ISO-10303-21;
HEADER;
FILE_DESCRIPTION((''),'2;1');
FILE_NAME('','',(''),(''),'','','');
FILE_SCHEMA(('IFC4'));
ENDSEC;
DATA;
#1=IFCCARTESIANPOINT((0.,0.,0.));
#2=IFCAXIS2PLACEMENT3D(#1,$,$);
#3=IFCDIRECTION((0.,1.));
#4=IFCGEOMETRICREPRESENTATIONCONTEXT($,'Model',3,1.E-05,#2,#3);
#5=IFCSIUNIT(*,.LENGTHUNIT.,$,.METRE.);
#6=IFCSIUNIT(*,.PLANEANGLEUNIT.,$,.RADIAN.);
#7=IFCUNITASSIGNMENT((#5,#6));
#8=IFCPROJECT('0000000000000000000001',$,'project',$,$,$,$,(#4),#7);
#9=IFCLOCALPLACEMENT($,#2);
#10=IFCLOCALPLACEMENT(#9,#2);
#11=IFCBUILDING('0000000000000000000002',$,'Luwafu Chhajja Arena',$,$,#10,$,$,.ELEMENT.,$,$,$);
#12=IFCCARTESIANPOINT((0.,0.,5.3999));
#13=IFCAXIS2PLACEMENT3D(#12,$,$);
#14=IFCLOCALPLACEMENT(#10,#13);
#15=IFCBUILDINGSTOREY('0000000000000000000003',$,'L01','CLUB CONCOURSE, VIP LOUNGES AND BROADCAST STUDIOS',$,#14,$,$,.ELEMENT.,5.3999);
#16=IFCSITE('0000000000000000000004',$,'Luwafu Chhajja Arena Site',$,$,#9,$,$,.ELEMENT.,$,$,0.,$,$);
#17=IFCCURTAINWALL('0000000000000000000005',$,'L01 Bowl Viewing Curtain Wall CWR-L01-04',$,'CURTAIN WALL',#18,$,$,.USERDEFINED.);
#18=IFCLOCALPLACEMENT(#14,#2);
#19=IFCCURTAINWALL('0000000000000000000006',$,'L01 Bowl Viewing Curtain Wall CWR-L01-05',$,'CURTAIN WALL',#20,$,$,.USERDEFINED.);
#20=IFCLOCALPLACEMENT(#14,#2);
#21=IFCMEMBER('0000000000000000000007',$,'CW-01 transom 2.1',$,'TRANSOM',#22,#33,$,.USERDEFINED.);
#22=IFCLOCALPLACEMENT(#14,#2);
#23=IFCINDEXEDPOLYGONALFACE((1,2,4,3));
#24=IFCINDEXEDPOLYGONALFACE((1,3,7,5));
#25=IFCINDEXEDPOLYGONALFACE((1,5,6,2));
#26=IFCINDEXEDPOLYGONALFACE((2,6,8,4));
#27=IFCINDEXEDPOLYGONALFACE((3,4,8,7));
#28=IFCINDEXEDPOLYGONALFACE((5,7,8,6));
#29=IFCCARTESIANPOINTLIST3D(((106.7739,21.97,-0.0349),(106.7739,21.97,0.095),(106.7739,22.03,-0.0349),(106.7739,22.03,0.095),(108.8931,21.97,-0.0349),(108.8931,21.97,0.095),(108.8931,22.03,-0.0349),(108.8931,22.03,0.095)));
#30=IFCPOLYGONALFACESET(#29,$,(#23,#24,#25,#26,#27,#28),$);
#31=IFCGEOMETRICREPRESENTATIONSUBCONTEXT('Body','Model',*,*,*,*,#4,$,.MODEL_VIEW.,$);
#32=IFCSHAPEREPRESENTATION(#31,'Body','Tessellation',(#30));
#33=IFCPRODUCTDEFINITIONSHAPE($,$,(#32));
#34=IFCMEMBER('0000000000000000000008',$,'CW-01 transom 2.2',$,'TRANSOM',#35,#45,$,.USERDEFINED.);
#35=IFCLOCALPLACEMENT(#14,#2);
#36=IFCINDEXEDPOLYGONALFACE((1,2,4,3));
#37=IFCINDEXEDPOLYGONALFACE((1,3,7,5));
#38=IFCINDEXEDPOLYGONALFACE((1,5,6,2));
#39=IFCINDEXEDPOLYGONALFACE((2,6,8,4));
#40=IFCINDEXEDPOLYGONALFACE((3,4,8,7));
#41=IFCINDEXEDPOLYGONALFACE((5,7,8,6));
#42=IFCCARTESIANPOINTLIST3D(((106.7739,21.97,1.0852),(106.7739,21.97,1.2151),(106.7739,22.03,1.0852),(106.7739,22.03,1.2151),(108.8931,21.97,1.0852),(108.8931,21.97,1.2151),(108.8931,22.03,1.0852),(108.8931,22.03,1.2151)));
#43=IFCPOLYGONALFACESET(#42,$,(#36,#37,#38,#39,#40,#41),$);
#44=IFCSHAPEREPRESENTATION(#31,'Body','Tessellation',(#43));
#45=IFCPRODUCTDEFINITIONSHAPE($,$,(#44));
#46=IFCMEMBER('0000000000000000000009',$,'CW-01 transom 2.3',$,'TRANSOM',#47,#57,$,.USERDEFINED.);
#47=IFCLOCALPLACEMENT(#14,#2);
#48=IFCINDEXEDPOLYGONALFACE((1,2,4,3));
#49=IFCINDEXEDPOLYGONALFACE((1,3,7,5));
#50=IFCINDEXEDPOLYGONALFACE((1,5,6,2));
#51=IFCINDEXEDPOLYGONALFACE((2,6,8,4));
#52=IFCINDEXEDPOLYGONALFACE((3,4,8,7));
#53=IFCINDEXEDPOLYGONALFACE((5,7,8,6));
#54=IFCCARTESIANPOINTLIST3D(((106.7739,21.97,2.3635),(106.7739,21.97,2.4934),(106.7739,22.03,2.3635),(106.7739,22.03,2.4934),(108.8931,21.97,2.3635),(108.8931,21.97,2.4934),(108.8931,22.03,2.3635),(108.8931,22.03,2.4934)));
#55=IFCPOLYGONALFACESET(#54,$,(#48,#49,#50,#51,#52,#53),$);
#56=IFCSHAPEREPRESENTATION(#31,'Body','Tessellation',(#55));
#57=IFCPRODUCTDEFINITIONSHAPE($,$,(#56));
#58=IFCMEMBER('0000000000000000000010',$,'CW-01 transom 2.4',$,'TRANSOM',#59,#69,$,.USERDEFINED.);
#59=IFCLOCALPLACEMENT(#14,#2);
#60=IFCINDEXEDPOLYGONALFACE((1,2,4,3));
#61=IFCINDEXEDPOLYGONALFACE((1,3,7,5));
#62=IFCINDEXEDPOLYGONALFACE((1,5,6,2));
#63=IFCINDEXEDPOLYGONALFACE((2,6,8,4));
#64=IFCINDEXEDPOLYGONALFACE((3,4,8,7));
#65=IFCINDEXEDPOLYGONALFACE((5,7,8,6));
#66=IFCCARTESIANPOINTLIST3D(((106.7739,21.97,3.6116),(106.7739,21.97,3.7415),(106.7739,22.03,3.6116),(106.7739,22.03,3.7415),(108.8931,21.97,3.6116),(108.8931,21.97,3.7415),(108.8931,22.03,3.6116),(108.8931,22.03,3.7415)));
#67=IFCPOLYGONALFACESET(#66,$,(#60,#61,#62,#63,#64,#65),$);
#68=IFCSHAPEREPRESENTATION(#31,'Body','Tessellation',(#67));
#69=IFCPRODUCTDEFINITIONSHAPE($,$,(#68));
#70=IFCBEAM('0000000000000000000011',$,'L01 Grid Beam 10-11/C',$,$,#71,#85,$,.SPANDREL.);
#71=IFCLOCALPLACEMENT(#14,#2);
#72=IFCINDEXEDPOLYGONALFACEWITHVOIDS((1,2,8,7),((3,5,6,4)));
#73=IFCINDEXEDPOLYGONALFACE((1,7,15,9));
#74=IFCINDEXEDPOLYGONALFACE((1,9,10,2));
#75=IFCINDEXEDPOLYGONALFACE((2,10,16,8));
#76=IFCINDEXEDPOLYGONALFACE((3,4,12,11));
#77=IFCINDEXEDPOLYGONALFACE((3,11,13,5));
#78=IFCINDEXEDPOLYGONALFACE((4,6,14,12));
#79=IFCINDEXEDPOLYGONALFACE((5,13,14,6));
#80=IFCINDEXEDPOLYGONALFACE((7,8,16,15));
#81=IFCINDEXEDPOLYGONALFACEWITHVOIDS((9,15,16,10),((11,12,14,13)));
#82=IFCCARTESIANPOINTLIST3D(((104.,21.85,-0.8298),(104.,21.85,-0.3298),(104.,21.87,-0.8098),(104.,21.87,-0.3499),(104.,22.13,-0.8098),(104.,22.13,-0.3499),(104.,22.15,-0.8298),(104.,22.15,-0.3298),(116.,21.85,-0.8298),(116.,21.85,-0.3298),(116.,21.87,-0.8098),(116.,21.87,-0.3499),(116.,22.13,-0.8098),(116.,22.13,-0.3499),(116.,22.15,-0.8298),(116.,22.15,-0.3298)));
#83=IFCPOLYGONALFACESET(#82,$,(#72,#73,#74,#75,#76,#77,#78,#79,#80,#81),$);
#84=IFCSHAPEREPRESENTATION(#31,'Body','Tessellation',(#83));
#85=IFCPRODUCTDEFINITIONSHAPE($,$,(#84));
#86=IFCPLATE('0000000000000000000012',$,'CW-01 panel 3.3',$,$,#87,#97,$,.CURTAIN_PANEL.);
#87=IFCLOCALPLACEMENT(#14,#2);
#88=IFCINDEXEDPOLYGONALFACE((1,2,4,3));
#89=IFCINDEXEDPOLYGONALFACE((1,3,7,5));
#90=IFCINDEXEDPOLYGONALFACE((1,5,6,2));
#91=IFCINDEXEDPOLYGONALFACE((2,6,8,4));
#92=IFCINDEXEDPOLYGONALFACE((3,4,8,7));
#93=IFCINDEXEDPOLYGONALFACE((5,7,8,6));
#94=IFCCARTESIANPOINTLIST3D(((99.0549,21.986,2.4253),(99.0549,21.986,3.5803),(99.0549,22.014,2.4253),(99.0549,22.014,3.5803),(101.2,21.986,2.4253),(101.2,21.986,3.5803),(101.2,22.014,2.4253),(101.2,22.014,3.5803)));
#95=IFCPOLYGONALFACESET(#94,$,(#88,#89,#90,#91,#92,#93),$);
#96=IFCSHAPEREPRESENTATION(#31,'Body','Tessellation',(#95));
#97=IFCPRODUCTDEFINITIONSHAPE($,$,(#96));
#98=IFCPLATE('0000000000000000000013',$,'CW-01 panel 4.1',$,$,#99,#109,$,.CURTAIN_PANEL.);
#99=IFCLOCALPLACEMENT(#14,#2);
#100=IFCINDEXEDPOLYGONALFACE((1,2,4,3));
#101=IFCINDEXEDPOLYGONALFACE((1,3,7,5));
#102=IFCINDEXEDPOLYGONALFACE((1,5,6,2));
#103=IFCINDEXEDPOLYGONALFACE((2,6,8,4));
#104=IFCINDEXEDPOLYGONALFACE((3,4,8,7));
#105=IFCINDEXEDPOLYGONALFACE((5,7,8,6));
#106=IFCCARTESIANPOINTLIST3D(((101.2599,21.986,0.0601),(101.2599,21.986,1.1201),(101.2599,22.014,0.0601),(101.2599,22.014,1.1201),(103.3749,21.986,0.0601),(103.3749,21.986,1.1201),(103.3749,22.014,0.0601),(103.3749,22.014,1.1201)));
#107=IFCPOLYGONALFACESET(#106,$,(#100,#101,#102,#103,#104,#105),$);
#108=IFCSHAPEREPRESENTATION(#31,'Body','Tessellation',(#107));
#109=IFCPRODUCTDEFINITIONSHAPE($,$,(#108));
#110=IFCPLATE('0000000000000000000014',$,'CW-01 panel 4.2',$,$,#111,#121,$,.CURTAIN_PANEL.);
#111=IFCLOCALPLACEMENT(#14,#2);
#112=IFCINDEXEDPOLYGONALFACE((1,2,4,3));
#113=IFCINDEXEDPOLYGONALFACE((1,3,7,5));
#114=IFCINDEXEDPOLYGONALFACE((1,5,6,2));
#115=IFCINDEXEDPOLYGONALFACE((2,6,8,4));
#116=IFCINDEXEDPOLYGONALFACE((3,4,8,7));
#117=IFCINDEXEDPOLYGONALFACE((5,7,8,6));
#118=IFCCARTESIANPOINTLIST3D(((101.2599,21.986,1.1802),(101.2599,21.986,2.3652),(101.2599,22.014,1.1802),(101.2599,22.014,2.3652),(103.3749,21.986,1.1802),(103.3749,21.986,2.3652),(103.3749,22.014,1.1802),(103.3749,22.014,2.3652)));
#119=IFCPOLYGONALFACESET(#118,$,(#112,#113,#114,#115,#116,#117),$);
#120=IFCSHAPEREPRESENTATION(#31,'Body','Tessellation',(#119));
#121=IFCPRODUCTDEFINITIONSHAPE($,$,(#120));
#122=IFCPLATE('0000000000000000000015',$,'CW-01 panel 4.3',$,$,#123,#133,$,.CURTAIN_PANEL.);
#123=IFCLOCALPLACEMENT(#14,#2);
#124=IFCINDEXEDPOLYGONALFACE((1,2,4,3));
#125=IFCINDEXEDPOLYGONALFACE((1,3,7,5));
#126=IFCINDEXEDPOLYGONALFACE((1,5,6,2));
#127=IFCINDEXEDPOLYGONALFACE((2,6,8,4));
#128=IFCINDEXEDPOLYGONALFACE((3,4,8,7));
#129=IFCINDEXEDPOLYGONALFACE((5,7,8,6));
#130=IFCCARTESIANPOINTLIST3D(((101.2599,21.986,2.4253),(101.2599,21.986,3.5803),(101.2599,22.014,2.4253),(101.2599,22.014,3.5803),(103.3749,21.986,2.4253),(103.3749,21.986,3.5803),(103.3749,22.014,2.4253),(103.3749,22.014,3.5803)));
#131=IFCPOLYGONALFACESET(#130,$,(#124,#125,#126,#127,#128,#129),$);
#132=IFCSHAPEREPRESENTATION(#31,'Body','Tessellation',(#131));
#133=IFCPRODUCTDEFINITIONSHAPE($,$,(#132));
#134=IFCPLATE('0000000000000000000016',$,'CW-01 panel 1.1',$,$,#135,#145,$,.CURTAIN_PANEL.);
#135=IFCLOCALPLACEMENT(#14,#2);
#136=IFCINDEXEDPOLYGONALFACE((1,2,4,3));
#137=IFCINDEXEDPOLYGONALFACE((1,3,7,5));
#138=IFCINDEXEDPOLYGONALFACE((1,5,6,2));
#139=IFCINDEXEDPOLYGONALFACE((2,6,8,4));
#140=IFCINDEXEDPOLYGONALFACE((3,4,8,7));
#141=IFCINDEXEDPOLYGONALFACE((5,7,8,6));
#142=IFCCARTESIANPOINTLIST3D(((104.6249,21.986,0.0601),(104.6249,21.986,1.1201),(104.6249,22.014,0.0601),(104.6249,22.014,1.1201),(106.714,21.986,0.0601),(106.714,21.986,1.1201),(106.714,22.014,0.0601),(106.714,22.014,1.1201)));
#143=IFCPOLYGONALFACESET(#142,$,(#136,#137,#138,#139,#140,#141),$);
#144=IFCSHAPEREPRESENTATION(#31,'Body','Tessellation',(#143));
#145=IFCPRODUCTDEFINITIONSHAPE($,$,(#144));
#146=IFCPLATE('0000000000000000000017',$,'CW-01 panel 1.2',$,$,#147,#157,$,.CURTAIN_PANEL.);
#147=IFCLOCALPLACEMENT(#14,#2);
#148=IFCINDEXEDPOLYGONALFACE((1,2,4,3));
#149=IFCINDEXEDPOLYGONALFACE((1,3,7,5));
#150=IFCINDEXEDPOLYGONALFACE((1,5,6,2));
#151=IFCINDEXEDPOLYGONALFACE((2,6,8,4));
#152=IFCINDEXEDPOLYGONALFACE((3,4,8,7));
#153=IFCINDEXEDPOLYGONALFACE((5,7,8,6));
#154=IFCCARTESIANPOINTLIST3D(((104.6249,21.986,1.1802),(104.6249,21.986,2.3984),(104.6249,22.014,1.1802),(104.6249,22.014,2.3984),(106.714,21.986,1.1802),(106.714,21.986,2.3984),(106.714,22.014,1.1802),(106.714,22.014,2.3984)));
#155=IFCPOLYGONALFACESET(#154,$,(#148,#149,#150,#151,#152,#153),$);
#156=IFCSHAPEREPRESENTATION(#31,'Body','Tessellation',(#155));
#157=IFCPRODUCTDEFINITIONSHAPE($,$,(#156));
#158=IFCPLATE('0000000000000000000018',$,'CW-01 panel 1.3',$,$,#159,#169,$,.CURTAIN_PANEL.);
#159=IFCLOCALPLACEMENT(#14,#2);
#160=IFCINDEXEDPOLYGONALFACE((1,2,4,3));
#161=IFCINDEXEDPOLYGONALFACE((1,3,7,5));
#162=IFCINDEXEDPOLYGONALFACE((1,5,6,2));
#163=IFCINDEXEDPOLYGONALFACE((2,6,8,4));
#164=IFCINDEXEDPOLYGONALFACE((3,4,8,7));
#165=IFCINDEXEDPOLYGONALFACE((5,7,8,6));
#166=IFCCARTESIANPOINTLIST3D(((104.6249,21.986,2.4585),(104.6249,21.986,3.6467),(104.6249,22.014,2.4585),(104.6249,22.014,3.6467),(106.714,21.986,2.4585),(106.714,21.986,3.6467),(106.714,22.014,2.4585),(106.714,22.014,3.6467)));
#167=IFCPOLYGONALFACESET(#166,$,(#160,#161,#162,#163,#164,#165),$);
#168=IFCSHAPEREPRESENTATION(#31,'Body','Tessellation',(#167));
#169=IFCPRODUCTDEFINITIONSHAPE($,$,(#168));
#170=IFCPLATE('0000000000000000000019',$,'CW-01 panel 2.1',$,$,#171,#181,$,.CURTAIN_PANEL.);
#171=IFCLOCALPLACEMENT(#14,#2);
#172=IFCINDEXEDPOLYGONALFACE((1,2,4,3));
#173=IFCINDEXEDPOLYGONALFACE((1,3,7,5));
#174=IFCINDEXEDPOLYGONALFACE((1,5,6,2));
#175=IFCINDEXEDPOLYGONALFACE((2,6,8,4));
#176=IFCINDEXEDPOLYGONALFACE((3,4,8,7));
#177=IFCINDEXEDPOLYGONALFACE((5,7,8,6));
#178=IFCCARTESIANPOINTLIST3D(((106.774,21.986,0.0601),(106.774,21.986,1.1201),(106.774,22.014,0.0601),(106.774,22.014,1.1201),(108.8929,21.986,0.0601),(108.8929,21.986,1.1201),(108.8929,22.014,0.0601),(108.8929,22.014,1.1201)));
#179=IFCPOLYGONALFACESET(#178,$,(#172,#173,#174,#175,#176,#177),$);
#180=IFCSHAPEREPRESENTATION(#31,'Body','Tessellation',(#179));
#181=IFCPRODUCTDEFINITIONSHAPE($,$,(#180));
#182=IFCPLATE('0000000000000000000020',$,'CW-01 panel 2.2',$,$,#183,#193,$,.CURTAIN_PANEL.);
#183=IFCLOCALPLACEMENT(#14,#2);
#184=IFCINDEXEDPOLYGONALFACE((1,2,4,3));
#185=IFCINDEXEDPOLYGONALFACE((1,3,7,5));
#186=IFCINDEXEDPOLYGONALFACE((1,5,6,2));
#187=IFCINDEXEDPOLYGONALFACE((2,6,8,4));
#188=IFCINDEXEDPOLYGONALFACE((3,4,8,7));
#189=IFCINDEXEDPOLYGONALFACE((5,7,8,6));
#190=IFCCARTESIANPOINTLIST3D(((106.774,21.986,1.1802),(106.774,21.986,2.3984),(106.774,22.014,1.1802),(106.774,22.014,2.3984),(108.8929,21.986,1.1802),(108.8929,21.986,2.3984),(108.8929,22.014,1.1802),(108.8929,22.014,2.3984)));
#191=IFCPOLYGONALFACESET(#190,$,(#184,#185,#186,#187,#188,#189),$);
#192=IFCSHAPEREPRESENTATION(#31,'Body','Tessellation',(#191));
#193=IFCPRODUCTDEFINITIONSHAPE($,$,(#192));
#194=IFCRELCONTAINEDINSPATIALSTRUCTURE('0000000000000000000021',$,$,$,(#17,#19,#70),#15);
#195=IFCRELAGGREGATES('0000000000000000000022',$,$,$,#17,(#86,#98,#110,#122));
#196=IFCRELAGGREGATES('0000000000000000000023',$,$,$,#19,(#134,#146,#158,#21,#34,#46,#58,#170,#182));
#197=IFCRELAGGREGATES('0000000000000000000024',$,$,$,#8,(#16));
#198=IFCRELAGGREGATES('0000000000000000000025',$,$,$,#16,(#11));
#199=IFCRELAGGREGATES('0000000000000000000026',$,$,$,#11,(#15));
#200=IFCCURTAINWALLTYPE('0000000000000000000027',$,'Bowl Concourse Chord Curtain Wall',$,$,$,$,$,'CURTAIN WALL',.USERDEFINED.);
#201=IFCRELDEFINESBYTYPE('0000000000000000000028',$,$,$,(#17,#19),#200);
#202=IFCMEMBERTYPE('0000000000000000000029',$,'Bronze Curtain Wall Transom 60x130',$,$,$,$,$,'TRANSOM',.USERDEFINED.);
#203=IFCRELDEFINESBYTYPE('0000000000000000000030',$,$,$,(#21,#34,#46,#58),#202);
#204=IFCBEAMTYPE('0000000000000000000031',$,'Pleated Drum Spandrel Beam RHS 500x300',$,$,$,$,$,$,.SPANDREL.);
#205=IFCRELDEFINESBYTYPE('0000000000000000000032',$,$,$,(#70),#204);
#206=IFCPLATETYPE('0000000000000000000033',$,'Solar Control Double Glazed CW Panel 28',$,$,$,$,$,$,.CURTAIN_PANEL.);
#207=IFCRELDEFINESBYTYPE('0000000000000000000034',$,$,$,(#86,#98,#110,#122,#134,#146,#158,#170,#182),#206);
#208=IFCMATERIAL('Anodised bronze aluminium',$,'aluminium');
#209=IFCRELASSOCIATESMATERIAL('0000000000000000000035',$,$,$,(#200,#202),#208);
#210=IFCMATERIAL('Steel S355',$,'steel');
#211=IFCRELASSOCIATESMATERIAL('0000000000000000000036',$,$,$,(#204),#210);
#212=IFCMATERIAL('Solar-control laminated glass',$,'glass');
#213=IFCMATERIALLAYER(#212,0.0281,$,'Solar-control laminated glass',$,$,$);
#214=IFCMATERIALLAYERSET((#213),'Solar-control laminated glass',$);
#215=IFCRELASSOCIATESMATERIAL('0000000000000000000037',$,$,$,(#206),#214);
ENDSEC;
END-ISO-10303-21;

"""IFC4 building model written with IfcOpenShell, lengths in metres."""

from ifc_helpers import new_model, si_unit, direction, frame, origin, origin_2d, place, context, subcontext, project, spatial, rectangle, hollow_rectangle, extrude, material, layer, layer_set, material_profile, profile_set, type_object, element, aggregate, save


model = new_model("IFC4")

# Units and contexts
model_context = context("Model", 3, precision=1e-05, world=origin(), true_north=direction((0.0, 1.0)))
body_context = subcontext(model_context, "Body", "Model", "MODEL_VIEW")
ifc_project = project(units=[si_unit("LENGTHUNIT", "METRE"), si_unit("PLANEANGLEUNIT", "RADIAN")], contexts=[model_context])

# Site, building, storey
site_placement = place(None, origin())
site = spatial("IfcSite", under=ifc_project, at=site_placement, Name="Luwafu Chhajja Arena Site", CompositionType="ELEMENT", RefElevation=0.0)
building_placement = place(site_placement, origin())
building = spatial("IfcBuilding", under=site, at=building_placement, Name="Luwafu Chhajja Arena", CompositionType="ELEMENT")
storey_placement = place(building_placement, frame((0.0, 0.0, 5.3999)))
storey = spatial("IfcBuildingStorey", under=building, at=storey_placement, Name="L01", Description="CLUB CONCOURSE, VIP LOUNGES AND BROADCAST STUDIOS", CompositionType="ELEMENT", Elevation=5.3999)

# Curtain walls
ifc_material_1 = material(Name="Anodised bronze aluminium", Category="aluminium")
curtain_wall_type = type_object("IfcCurtainWallType", Name="Bowl Concourse Chord Curtain Wall", ElementType="CURTAIN WALL", PredefinedType="USERDEFINED", material=ifc_material_1)
curtain_wall_1_placement = place(storey_placement, origin())
curtain_wall_1 = element("IfcCurtainWall", 1, at=curtain_wall_1_placement, inside=storey, type_object=curtain_wall_type, Name="L01 Bowl Viewing Curtain Wall CWR-L01-04", ObjectType="CURTAIN WALL", PredefinedType="USERDEFINED")
curtain_wall_2_placement = place(storey_placement, origin())
curtain_wall_2 = element("IfcCurtainWall", 2, at=curtain_wall_2_placement, inside=storey, type_object=curtain_wall_type, Name="L01 Bowl Viewing Curtain Wall CWR-L01-05", ObjectType="CURTAIN WALL", PredefinedType="USERDEFINED")

# Members
ifc_material_profile_1 = material_profile(ifc_material_1, rectangle(XDim=0.0601, YDim=0.1299, at=origin_2d()), Name="CWT 60x130")
ifc_profile_set_1 = profile_set([ifc_material_profile_1], Name="Anodised bronze aluminium")
member_type_1 = type_object("IfcMemberType", Name="Bronze Curtain Wall Transom 60x130", ElementType="TRANSOM", PredefinedType="USERDEFINED", material=ifc_profile_set_1)
member_1_placement = place(storey_placement, frame((106.7739, 22.0, 0.03), z_axis=(1.0, 0.0, 0.0), x_axis=(0.0, 1.0, 0.0)))
member_1 = element("IfcMember", 3, at=member_1_placement, type_object=member_type_1, Name="CW-01 transom 2.1", ObjectType="TRANSOM", PredefinedType="USERDEFINED", context=body_context, shape_type="SweptSolid", body=[
    extrude(rectangle(XDim=0.0601, YDim=0.1299, at=origin_2d()), origin(), (0.0, 0.0, 1.0), 2.1191),
])
member_2_placement = place(storey_placement, frame((106.7739, 22.0, 1.1501), z_axis=(1.0, 0.0, 0.0), x_axis=(0.0, 1.0, 0.0)))
member_2 = element("IfcMember", 4, at=member_2_placement, type_object=member_type_1, Name="CW-01 transom 2.2", ObjectType="TRANSOM", PredefinedType="USERDEFINED", context=body_context, shape_type="SweptSolid", body=[
    extrude(rectangle(XDim=0.0601, YDim=0.1299, at=origin_2d()), origin(), (0.0, 0.0, 1.0), 2.1191),
])
member_3_placement = place(storey_placement, frame((106.7739, 22.0, 2.4285), z_axis=(1.0, 0.0, 0.0), x_axis=(0.0, 1.0, 0.0)))
member_3 = element("IfcMember", 5, at=member_3_placement, type_object=member_type_1, Name="CW-01 transom 2.3", ObjectType="TRANSOM", PredefinedType="USERDEFINED", context=body_context, shape_type="SweptSolid", body=[
    extrude(rectangle(XDim=0.0601, YDim=0.1299, at=origin_2d()), origin(), (0.0, 0.0, 1.0), 2.1191),
])
member_4_placement = place(storey_placement, frame((106.7739, 22.0, 3.6765), z_axis=(1.0, 0.0, 0.0), x_axis=(0.0, 1.0, 0.0)))
member_4 = element("IfcMember", 6, at=member_4_placement, type_object=member_type_1, Name="CW-01 transom 2.4", ObjectType="TRANSOM", PredefinedType="USERDEFINED", context=body_context, shape_type="SweptSolid", body=[
    extrude(rectangle(XDim=0.0601, YDim=0.1299, at=origin_2d()), origin(), (0.0, 0.0, 1.0), 2.1191),
])

# Beam
ifc_material_2 = material(Name="Steel S355", Category="steel")
ifc_material_profile_2 = material_profile(ifc_material_2, hollow_rectangle(XDim=0.3, YDim=0.5, WallThickness=0.02, at=origin_2d()), Name="RHS 500x300x20")
ifc_profile_set_2 = profile_set([ifc_material_profile_2], Name="Steel S355")
beam_type = type_object("IfcBeamType", Name="Pleated Drum Spandrel Beam RHS 500x300", PredefinedType="SPANDREL", material=ifc_profile_set_2)
beam_placement = place(storey_placement, frame((104.0, 22.0, -0.5798), z_axis=(1.0, 0.0, 0.0), x_axis=(0.0, 1.0, 0.0)))
element("IfcBeam", 7, at=beam_placement, inside=storey, type_object=beam_type, Name="L01 Grid Beam 10-11/C", PredefinedType="SPANDREL", context=body_context, shape_type="SweptSolid", body=[
    extrude(hollow_rectangle(XDim=0.3, YDim=0.5, WallThickness=0.02, at=origin_2d()), origin(), (0.0, 0.0, 1.0), 12.0),
])

# Plates
ifc_material_3 = material(Name="Solar-control laminated glass", Category="glass")
ifc_layer = layer(ifc_material_3, 0.0281, Name="Solar-control laminated glass")
ifc_layer_set = layer_set([ifc_layer], Name="Solar-control laminated glass")
plate_type = type_object("IfcPlateType", Name="Solar Control Double Glazed CW Panel 28", PredefinedType="CURTAIN_PANEL", material=ifc_layer_set)
plate_1_placement = place(storey_placement, frame((100.1274, 22.0, 2.4253), z_axis=(0.0, 0.0, 1.0), x_axis=(1.0, 0.0, 0.0)))
plate_1 = element("IfcPlate", 8, at=plate_1_placement, type_object=plate_type, Name="CW-01 panel 3.3", PredefinedType="CURTAIN_PANEL", context=body_context, shape_type="SweptSolid", body=[
    extrude(rectangle(XDim=2.145, YDim=0.0281, at=origin_2d()), origin(), (0.0, 0.0, 1.0), 1.155),
])
plate_2_placement = place(storey_placement, frame((102.3174, 22.0, 0.0601), z_axis=(0.0, 0.0, 1.0), x_axis=(1.0, 0.0, 0.0)))
plate_2 = element("IfcPlate", 9, at=plate_2_placement, type_object=plate_type, Name="CW-01 panel 4.1", PredefinedType="CURTAIN_PANEL", context=body_context, shape_type="SweptSolid", body=[
    extrude(rectangle(XDim=2.115, YDim=0.0281, at=origin_2d()), origin(), (0.0, 0.0, 1.0), 1.0601),
])
plate_3_placement = place(storey_placement, frame((102.3174, 22.0, 1.1802), z_axis=(0.0, 0.0, 1.0), x_axis=(1.0, 0.0, 0.0)))
plate_3 = element("IfcPlate", 10, at=plate_3_placement, type_object=plate_type, Name="CW-01 panel 4.2", PredefinedType="CURTAIN_PANEL", context=body_context, shape_type="SweptSolid", body=[
    extrude(rectangle(XDim=2.115, YDim=0.0281, at=origin_2d()), origin(), (0.0, 0.0, 1.0), 1.1851),
])
plate_4_placement = place(storey_placement, frame((102.3174, 22.0, 2.4253), z_axis=(0.0, 0.0, 1.0), x_axis=(1.0, 0.0, 0.0)))
plate_4 = element("IfcPlate", 11, at=plate_4_placement, type_object=plate_type, Name="CW-01 panel 4.3", PredefinedType="CURTAIN_PANEL", context=body_context, shape_type="SweptSolid", body=[
    extrude(rectangle(XDim=2.115, YDim=0.0281, at=origin_2d()), origin(), (0.0, 0.0, 1.0), 1.155),
])
aggregate(curtain_wall_1, [plate_1, plate_2, plate_3, plate_4])
plate_5_placement = place(storey_placement, frame((105.6694, 22.0, 0.0601), z_axis=(0.0, 0.0, 1.0), x_axis=(1.0, 0.0, 0.0)))
plate_5 = element("IfcPlate", 12, at=plate_5_placement, type_object=plate_type, Name="CW-01 panel 1.1", PredefinedType="CURTAIN_PANEL", context=body_context, shape_type="SweptSolid", body=[
    extrude(rectangle(XDim=2.0891, YDim=0.0281, at=origin_2d()), origin(), (0.0, 0.0, 1.0), 1.0601),
])
plate_6_placement = place(storey_placement, frame((105.6694, 22.0, 1.1802), z_axis=(0.0, 0.0, 1.0), x_axis=(1.0, 0.0, 0.0)))
plate_6 = element("IfcPlate", 13, at=plate_6_placement, type_object=plate_type, Name="CW-01 panel 1.2", PredefinedType="CURTAIN_PANEL", context=body_context, shape_type="SweptSolid", body=[
    extrude(rectangle(XDim=2.0891, YDim=0.0281, at=origin_2d()), origin(), (0.0, 0.0, 1.0), 1.2183),
])
plate_7_placement = place(storey_placement, frame((105.6694, 22.0, 2.4585), z_axis=(0.0, 0.0, 1.0), x_axis=(1.0, 0.0, 0.0)))
plate_7 = element("IfcPlate", 14, at=plate_7_placement, type_object=plate_type, Name="CW-01 panel 1.3", PredefinedType="CURTAIN_PANEL", context=body_context, shape_type="SweptSolid", body=[
    extrude(rectangle(XDim=2.0891, YDim=0.0281, at=origin_2d()), origin(), (0.0, 0.0, 1.0), 1.1882),
])
plate_8_placement = place(storey_placement, frame((107.8335, 22.0, 0.0601), z_axis=(0.0, 0.0, 1.0), x_axis=(1.0, 0.0, 0.0)))
plate_8 = element("IfcPlate", 15, at=plate_8_placement, type_object=plate_type, Name="CW-01 panel 2.1", PredefinedType="CURTAIN_PANEL", context=body_context, shape_type="SweptSolid", body=[
    extrude(rectangle(XDim=2.1189, YDim=0.0281, at=origin_2d()), origin(), (0.0, 0.0, 1.0), 1.0601),
])
plate_9_placement = place(storey_placement, frame((107.8335, 22.0, 1.1802), z_axis=(0.0, 0.0, 1.0), x_axis=(1.0, 0.0, 0.0)))
plate_9 = element("IfcPlate", 16, at=plate_9_placement, type_object=plate_type, Name="CW-01 panel 2.2", PredefinedType="CURTAIN_PANEL", context=body_context, shape_type="SweptSolid", body=[
    extrude(rectangle(XDim=2.1189, YDim=0.0281, at=origin_2d()), origin(), (0.0, 0.0, 1.0), 1.2183),
])
aggregate(curtain_wall_2, [plate_5, plate_6, plate_7, member_1, member_2, member_3, member_4, plate_8, plate_9])

save(model, "model.ifc")
